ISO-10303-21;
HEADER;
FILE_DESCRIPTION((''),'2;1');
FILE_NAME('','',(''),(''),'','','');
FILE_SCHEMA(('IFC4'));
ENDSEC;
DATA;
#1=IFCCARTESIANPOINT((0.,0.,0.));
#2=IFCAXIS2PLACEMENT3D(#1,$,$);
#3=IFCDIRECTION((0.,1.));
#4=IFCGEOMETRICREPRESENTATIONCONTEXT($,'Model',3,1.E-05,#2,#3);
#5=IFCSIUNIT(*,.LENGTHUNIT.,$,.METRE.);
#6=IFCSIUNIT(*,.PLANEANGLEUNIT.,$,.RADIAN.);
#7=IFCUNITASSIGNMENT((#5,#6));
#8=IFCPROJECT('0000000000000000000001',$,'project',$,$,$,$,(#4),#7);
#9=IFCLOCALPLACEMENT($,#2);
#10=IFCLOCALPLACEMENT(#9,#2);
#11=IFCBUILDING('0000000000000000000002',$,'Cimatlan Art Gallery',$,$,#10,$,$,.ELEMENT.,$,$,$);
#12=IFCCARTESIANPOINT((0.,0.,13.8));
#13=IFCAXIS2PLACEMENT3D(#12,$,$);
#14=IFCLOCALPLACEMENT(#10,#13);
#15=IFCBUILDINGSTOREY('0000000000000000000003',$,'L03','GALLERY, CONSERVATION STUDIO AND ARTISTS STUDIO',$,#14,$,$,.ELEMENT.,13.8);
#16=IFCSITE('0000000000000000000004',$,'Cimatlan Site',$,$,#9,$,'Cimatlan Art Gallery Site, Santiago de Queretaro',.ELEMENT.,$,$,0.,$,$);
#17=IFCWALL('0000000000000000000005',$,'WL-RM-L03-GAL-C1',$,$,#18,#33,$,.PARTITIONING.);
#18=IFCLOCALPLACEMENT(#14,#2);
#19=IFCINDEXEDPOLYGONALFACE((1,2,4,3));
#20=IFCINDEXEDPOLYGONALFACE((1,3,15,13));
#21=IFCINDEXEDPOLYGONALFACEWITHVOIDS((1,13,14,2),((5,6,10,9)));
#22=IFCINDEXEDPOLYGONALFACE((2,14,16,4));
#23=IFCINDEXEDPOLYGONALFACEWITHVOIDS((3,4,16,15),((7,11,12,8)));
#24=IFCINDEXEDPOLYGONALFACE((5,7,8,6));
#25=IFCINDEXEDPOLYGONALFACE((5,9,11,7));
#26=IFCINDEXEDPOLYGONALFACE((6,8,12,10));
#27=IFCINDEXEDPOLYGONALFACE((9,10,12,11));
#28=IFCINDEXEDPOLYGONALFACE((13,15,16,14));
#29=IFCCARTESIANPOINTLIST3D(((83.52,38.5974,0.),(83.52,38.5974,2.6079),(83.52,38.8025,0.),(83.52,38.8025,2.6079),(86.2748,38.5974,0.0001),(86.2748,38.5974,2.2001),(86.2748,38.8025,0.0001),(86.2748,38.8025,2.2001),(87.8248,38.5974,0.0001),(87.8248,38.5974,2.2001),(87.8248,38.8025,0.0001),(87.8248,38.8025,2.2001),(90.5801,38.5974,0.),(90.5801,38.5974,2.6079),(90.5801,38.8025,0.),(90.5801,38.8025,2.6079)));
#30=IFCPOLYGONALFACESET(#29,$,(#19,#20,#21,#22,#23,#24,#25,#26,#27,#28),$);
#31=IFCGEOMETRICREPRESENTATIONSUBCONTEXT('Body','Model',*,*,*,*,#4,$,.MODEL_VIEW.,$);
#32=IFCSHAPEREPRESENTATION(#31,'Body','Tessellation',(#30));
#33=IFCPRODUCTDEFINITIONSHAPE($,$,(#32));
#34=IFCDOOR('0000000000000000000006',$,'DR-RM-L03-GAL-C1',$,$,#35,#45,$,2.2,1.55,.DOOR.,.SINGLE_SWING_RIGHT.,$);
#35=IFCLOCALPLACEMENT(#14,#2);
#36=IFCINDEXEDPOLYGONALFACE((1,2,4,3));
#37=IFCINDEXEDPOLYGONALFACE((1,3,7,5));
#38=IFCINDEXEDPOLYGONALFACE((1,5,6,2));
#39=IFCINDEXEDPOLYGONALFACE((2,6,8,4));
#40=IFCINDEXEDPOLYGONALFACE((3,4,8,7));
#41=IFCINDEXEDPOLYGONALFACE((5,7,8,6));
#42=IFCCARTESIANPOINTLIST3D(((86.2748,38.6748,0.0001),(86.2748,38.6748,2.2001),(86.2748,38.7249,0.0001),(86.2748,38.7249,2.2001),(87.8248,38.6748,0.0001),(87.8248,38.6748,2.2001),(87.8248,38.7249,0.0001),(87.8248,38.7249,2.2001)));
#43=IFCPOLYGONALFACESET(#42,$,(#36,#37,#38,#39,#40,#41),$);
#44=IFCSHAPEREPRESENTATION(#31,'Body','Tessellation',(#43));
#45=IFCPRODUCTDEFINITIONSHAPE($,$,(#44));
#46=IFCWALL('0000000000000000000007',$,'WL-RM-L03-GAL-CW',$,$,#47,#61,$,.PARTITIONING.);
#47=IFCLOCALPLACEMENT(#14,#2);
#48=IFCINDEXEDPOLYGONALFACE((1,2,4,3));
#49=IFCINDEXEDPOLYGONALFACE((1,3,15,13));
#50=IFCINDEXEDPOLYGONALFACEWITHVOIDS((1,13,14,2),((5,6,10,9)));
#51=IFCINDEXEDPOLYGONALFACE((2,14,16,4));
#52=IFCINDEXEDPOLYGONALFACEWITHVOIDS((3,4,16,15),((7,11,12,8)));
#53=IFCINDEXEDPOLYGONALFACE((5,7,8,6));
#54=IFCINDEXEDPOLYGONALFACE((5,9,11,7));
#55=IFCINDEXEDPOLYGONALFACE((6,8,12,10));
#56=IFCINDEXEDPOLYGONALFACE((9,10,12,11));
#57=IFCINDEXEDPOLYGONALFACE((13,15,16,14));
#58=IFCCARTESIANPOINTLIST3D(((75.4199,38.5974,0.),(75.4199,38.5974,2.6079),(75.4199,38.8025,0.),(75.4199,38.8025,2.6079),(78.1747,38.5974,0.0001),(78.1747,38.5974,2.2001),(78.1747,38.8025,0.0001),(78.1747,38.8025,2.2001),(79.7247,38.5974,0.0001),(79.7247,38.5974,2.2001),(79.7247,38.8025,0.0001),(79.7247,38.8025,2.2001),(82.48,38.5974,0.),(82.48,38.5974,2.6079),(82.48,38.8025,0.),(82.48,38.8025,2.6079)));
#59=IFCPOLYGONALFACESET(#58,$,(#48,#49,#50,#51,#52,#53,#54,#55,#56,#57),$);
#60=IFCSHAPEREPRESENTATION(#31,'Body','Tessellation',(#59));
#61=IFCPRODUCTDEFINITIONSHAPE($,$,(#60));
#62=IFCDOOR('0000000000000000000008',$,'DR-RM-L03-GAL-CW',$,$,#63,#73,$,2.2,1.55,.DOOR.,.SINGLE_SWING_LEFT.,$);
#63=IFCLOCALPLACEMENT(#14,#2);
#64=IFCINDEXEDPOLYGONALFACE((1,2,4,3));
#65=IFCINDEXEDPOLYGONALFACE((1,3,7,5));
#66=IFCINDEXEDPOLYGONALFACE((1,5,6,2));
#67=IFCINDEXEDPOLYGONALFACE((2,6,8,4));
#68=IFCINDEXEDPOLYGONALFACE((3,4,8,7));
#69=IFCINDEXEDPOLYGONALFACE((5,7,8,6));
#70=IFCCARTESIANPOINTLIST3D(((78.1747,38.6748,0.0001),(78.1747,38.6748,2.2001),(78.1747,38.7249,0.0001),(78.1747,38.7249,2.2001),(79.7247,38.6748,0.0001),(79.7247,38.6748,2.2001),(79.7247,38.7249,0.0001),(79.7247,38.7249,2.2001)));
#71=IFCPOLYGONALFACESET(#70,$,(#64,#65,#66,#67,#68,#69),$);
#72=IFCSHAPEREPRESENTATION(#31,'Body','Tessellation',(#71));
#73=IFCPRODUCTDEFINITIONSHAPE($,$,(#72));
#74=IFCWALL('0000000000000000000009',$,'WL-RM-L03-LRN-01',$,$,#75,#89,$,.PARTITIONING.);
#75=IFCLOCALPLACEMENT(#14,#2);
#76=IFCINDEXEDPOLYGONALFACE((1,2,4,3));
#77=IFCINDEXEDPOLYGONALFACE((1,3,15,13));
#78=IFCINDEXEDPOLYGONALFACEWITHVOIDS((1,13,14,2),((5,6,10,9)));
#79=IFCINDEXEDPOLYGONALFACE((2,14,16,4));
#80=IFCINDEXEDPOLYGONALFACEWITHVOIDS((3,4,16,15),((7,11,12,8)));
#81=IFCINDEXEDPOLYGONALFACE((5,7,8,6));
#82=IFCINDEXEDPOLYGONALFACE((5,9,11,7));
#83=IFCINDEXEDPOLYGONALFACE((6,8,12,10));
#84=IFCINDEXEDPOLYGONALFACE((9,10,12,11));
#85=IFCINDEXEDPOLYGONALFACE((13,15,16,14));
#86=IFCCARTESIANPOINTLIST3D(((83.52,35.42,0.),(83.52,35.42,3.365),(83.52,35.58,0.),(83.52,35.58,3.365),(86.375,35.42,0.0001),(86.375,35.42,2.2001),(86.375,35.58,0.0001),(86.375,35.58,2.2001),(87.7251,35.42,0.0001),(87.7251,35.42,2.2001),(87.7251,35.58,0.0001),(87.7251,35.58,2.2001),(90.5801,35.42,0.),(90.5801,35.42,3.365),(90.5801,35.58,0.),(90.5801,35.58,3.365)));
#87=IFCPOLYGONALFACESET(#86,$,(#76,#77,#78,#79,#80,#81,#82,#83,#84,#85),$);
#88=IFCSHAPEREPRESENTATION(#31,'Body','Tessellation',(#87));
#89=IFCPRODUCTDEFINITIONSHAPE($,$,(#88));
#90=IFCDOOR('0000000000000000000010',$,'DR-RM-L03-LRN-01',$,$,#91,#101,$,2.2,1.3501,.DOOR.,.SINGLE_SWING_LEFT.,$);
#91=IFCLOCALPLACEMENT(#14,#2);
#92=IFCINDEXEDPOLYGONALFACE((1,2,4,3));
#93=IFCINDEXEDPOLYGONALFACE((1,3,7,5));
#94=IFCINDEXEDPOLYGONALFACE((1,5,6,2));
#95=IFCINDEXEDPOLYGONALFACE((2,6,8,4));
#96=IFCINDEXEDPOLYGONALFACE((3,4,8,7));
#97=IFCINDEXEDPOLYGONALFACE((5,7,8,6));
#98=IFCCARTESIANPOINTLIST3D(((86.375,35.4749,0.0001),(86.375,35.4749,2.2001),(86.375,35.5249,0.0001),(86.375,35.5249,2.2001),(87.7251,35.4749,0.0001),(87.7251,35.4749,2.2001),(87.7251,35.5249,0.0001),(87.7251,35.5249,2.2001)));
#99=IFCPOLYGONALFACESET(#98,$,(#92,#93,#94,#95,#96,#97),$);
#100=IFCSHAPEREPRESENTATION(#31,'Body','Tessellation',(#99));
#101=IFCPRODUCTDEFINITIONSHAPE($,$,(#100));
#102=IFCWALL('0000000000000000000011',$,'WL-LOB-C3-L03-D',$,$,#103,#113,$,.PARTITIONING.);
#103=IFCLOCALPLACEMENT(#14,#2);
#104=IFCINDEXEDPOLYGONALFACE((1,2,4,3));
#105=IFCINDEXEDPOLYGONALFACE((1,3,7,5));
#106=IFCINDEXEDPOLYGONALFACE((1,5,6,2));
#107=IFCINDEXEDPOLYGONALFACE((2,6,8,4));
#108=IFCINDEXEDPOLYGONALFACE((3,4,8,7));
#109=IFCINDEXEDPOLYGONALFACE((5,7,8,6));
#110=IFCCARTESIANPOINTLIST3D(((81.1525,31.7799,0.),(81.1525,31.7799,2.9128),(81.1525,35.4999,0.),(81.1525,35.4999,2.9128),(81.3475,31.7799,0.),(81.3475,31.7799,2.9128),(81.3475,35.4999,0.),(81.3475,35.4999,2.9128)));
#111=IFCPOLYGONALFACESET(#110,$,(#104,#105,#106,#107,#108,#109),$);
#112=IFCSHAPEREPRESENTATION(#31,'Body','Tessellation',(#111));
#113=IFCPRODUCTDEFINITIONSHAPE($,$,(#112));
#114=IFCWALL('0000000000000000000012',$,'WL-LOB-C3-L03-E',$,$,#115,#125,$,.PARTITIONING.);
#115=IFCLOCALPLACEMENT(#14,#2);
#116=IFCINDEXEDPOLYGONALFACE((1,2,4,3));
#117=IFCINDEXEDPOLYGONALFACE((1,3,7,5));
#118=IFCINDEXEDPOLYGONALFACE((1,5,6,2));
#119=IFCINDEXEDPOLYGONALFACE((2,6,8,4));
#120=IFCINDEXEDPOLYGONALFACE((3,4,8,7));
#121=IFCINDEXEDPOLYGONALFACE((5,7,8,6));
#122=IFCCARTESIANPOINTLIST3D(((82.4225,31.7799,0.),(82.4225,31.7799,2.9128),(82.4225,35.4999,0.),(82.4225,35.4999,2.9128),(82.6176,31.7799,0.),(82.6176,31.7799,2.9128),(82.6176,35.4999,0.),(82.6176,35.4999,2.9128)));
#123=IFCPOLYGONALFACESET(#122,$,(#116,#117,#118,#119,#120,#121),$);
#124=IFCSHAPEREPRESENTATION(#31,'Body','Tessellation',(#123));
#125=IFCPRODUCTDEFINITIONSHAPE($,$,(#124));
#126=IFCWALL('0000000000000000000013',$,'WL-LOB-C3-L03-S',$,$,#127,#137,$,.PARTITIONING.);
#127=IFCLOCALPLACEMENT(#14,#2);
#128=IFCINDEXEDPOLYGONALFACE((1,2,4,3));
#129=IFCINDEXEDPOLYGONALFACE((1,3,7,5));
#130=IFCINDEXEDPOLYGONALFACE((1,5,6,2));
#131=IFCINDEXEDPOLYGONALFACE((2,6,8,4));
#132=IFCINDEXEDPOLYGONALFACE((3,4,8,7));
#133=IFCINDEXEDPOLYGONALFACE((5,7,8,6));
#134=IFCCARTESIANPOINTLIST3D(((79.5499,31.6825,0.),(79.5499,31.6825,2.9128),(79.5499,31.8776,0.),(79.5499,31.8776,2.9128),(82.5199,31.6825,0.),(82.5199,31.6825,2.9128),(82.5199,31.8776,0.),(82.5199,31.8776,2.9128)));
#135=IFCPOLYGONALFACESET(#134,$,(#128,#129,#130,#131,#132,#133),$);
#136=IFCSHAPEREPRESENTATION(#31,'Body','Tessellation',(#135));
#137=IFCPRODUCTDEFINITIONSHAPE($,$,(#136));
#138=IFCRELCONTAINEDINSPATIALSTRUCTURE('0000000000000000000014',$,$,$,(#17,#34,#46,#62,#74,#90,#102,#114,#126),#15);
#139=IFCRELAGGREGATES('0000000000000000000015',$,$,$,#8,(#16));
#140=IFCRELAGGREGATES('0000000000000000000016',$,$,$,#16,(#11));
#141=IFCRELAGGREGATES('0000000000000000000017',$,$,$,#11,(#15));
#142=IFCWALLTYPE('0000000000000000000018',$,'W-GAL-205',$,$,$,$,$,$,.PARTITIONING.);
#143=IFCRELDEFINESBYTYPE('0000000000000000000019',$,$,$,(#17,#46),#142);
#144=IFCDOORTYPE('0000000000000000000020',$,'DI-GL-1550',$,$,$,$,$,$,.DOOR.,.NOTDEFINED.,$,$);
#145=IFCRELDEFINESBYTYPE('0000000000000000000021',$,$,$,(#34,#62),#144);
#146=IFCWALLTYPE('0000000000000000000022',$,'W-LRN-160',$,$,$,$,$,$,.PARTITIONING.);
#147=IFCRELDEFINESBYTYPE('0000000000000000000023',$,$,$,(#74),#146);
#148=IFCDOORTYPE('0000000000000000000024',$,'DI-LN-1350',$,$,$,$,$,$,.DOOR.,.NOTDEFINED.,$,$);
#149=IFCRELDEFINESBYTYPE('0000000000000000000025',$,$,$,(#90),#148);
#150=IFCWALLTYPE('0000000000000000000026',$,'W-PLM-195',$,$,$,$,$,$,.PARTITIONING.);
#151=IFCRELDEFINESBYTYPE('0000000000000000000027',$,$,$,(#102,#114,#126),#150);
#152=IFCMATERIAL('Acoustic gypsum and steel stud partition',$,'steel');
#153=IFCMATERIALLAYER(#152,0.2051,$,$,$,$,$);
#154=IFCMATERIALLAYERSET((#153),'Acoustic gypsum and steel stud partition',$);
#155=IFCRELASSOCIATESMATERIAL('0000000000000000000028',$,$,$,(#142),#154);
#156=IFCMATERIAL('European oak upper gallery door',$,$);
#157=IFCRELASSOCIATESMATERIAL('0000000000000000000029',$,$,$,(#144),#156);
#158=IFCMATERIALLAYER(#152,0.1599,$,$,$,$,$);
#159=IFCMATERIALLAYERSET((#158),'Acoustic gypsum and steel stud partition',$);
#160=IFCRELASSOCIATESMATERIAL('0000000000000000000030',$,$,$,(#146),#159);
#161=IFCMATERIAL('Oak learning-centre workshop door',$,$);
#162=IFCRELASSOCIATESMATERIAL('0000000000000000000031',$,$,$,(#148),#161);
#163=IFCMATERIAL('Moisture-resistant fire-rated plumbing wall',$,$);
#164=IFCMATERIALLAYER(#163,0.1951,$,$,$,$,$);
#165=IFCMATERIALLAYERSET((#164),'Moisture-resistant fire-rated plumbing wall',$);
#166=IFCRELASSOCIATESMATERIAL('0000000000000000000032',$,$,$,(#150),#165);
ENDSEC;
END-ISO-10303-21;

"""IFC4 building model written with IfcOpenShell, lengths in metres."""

from ifc_helpers import new_model, si_unit, direction, frame, frame_2d, origin, place, context, subcontext, project, spatial, rectangle, extrude, material, layer, layer_set, type_object, element, fill, save


model = new_model("IFC4")

# Units and contexts
model_context = context("Model", 3, precision=1e-05, world=origin(), true_north=direction((0.0, 1.0)))
body_context = subcontext(model_context, "Body", "Model", "MODEL_VIEW")
ifc_project = project(units=[si_unit("LENGTHUNIT", "METRE"), si_unit("PLANEANGLEUNIT", "RADIAN")], contexts=[model_context])

# Site, building, storey
site_placement = place(None, origin())
site = spatial("IfcSite", under=ifc_project, at=site_placement, Name="Cimatlan Site", LongName="Cimatlan Art Gallery Site, Santiago de Queretaro", CompositionType="ELEMENT", RefElevation=0.0)
building_placement = place(site_placement, origin())
building = spatial("IfcBuilding", under=site, at=building_placement, Name="Cimatlan Art Gallery", CompositionType="ELEMENT")
storey_placement = place(building_placement, frame((0.0, 0.0, 13.8)))
storey = spatial("IfcBuildingStorey", under=building, at=storey_placement, Name="L03", Description="GALLERY, CONSERVATION STUDIO AND ARTISTS STUDIO", CompositionType="ELEMENT", Elevation=13.8)

# Walls, openings, doors
ifc_material_1 = material(Name="Acoustic gypsum and steel stud partition", Category="steel")
ifc_layer_1 = layer(ifc_material_1, 0.2051)
ifc_layer_set_1 = layer_set([ifc_layer_1], Name="Acoustic gypsum and steel stud partition")
wall_type_1 = type_object("IfcWallType", Name="W-GAL-205", PredefinedType="PARTITIONING", material=ifc_layer_set_1)
wall_1_placement = place(storey_placement, frame((83.52, 38.7, 0.0), z_axis=(0.0, 0.0, 1.0), x_axis=(1.0, 0.0, 0.0)))
wall_1 = element("IfcWall", 1, at=wall_1_placement, inside=storey, type_object=wall_type_1, Name="WL-RM-L03-GAL-C1", PredefinedType="PARTITIONING", context=body_context, shape_type="SweptSolid", body=[
    extrude(rectangle(XDim=7.0601, YDim=0.2051, at=frame_2d((3.53, 0.0))), origin(), (0.0, 0.0, 1.0), 2.6079),
])
opening_1_placement = place(wall_1_placement, frame((2.7549, 0.0, 0.0)))
opening_1 = element("IfcOpeningElement", 2, at=opening_1_placement, cuts=wall_1, PredefinedType="OPENING", context=body_context, shape_type="SweptSolid", body=[
    extrude(rectangle(XDim=1.55, YDim=2.2, at=frame_2d((0.7749, 1.1001))), frame((0.0, 0.1125, 0.0), z_axis=(0.0, -1.0, 0.0), x_axis=(1.0, 0.0, 0.0)), (0.0, 0.0, 1.0), 0.2251),
])
ifc_material_2 = material(Name="European oak upper gallery door")
door_type_1 = type_object("IfcDoorType", Name="DI-GL-1550", OperationType="NOTDEFINED", PredefinedType="DOOR", material=ifc_material_2)
door_1_placement = place(opening_1_placement, origin())
door_1 = element("IfcDoor", 3, at=door_1_placement, inside=storey, type_object=door_type_1, Name="DR-RM-L03-GAL-C1", OperationType="SINGLE_SWING_RIGHT", OverallHeight=2.2, OverallWidth=1.55, PredefinedType="DOOR", context=body_context, shape_type="SweptSolid", body=[
    extrude(rectangle(XDim=1.55, YDim=2.2, at=frame_2d((0.7749, 1.1001))), frame((0.0, 0.0249, 0.0), z_axis=(0.0, -1.0, 0.0), x_axis=(1.0, 0.0, 0.0)), (0.0, 0.0, 1.0), 0.05),
])
fill(opening_1, door_1)
wall_2_placement = place(storey_placement, frame((75.4199, 38.7, 0.0), z_axis=(0.0, 0.0, 1.0), x_axis=(1.0, 0.0, 0.0)))
wall_2 = element("IfcWall", 4, at=wall_2_placement, inside=storey, type_object=wall_type_1, Name="WL-RM-L03-GAL-CW", PredefinedType="PARTITIONING", context=body_context, shape_type="SweptSolid", body=[
    extrude(rectangle(XDim=7.0601, YDim=0.2051, at=frame_2d((3.53, 0.0))), origin(), (0.0, 0.0, 1.0), 2.6079),
])
opening_2_placement = place(wall_2_placement, frame((2.7549, 0.0, 0.0)))
opening_2 = element("IfcOpeningElement", 5, at=opening_2_placement, cuts=wall_2, PredefinedType="OPENING", context=body_context, shape_type="SweptSolid", body=[
    extrude(rectangle(XDim=1.55, YDim=2.2, at=frame_2d((0.7749, 1.1001))), frame((0.0, 0.1125, 0.0), z_axis=(0.0, -1.0, 0.0), x_axis=(1.0, 0.0, 0.0)), (0.0, 0.0, 1.0), 0.2251),
])
door_2_placement = place(opening_2_placement, origin())
door_2 = element("IfcDoor", 6, at=door_2_placement, inside=storey, type_object=door_type_1, Name="DR-RM-L03-GAL-CW", OperationType="SINGLE_SWING_LEFT", OverallHeight=2.2, OverallWidth=1.55, PredefinedType="DOOR", context=body_context, shape_type="SweptSolid", body=[
    extrude(rectangle(XDim=1.55, YDim=2.2, at=frame_2d((0.7749, 1.1001))), frame((0.0, 0.0249, 0.0), z_axis=(0.0, -1.0, 0.0), x_axis=(1.0, 0.0, 0.0)), (0.0, 0.0, 1.0), 0.05),
])
fill(opening_2, door_2)
ifc_layer_2 = layer(ifc_material_1, 0.1599)
ifc_layer_set_2 = layer_set([ifc_layer_2], Name="Acoustic gypsum and steel stud partition")
wall_type_2 = type_object("IfcWallType", Name="W-LRN-160", PredefinedType="PARTITIONING", material=ifc_layer_set_2)
wall_3_placement = place(storey_placement, frame((83.52, 35.5, 0.0), z_axis=(0.0, 0.0, 1.0), x_axis=(1.0, 0.0, 0.0)))
wall_3 = element("IfcWall", 7, at=wall_3_placement, inside=storey, type_object=wall_type_2, Name="WL-RM-L03-LRN-01", PredefinedType="PARTITIONING", context=body_context, shape_type="SweptSolid", body=[
    extrude(rectangle(XDim=7.0601, YDim=0.1599, at=frame_2d((3.53, 0.0))), origin(), (0.0, 0.0, 1.0), 3.365),
])
opening_3_placement = place(wall_3_placement, frame((2.855, 0.0, 0.0)))
opening_3 = element("IfcOpeningElement", 8, at=opening_3_placement, cuts=wall_3, PredefinedType="OPENING", context=body_context, shape_type="SweptSolid", body=[
    extrude(rectangle(XDim=1.3501, YDim=2.2, at=frame_2d((0.675, 1.1001))), frame((0.0, 0.0898, 0.0), z_axis=(0.0, -1.0, 0.0), x_axis=(1.0, 0.0, 0.0)), (0.0, 0.0, 1.0), 0.1799),
])
ifc_material_3 = material(Name="Oak learning-centre workshop door")
door_type_2 = type_object("IfcDoorType", Name="DI-LN-1350", OperationType="NOTDEFINED", PredefinedType="DOOR", material=ifc_material_3)
door_3_placement = place(opening_3_placement, origin())
door_3 = element("IfcDoor", 9, at=door_3_placement, inside=storey, type_object=door_type_2, Name="DR-RM-L03-LRN-01", OperationType="SINGLE_SWING_LEFT", OverallHeight=2.2, OverallWidth=1.3501, PredefinedType="DOOR", context=body_context, shape_type="SweptSolid", body=[
    extrude(rectangle(XDim=1.3501, YDim=2.2, at=frame_2d((0.675, 1.1001))), frame((0.0, 0.0249, 0.0), z_axis=(0.0, -1.0, 0.0), x_axis=(1.0, 0.0, 0.0)), (0.0, 0.0, 1.0), 0.05),
])
fill(opening_3, door_3)

# Walls
ifc_material_4 = material(Name="Moisture-resistant fire-rated plumbing wall")
ifc_layer_3 = layer(ifc_material_4, 0.1951)
ifc_layer_set_3 = layer_set([ifc_layer_3], Name="Moisture-resistant fire-rated plumbing wall")
wall_type_3 = type_object("IfcWallType", Name="W-PLM-195", PredefinedType="PARTITIONING", material=ifc_layer_set_3)
for number, where, z_axis, x_axis, name in (
    (10, (81.25, 31.78, 0.0), (0.0, 0.0, 1.0), (0.0, 1.0, 0.0), "WL-LOB-C3-L03-D"),
    (11, (82.52, 31.78, 0.0), (0.0, 0.0, 1.0), (0.0, 1.0, 0.0), "WL-LOB-C3-L03-E"),
):
    element("IfcWall", number, at=place(storey_placement, frame(where, z_axis=z_axis, x_axis=x_axis)), inside=storey, type_object=wall_type_3, Name=name, PredefinedType="PARTITIONING", context=body_context, shape_type="SweptSolid", body=[
        extrude(rectangle(XDim=3.72, YDim=0.1951, at=frame_2d((1.8599, 0.0))), origin(), (0.0, 0.0, 1.0), 2.9128),
    ])
wall_4_placement = place(storey_placement, frame((79.55, 31.78, 0.0), z_axis=(0.0, 0.0, 1.0), x_axis=(1.0, 0.0, 0.0)))
element("IfcWall", 12, at=wall_4_placement, inside=storey, type_object=wall_type_3, Name="WL-LOB-C3-L03-S", PredefinedType="PARTITIONING", context=body_context, shape_type="SweptSolid", body=[
    extrude(rectangle(XDim=2.97, YDim=0.1951, at=frame_2d((1.4849, 0.0))), origin(), (0.0, 0.0, 1.0), 2.9128),
])

save(model, "model.ifc")
